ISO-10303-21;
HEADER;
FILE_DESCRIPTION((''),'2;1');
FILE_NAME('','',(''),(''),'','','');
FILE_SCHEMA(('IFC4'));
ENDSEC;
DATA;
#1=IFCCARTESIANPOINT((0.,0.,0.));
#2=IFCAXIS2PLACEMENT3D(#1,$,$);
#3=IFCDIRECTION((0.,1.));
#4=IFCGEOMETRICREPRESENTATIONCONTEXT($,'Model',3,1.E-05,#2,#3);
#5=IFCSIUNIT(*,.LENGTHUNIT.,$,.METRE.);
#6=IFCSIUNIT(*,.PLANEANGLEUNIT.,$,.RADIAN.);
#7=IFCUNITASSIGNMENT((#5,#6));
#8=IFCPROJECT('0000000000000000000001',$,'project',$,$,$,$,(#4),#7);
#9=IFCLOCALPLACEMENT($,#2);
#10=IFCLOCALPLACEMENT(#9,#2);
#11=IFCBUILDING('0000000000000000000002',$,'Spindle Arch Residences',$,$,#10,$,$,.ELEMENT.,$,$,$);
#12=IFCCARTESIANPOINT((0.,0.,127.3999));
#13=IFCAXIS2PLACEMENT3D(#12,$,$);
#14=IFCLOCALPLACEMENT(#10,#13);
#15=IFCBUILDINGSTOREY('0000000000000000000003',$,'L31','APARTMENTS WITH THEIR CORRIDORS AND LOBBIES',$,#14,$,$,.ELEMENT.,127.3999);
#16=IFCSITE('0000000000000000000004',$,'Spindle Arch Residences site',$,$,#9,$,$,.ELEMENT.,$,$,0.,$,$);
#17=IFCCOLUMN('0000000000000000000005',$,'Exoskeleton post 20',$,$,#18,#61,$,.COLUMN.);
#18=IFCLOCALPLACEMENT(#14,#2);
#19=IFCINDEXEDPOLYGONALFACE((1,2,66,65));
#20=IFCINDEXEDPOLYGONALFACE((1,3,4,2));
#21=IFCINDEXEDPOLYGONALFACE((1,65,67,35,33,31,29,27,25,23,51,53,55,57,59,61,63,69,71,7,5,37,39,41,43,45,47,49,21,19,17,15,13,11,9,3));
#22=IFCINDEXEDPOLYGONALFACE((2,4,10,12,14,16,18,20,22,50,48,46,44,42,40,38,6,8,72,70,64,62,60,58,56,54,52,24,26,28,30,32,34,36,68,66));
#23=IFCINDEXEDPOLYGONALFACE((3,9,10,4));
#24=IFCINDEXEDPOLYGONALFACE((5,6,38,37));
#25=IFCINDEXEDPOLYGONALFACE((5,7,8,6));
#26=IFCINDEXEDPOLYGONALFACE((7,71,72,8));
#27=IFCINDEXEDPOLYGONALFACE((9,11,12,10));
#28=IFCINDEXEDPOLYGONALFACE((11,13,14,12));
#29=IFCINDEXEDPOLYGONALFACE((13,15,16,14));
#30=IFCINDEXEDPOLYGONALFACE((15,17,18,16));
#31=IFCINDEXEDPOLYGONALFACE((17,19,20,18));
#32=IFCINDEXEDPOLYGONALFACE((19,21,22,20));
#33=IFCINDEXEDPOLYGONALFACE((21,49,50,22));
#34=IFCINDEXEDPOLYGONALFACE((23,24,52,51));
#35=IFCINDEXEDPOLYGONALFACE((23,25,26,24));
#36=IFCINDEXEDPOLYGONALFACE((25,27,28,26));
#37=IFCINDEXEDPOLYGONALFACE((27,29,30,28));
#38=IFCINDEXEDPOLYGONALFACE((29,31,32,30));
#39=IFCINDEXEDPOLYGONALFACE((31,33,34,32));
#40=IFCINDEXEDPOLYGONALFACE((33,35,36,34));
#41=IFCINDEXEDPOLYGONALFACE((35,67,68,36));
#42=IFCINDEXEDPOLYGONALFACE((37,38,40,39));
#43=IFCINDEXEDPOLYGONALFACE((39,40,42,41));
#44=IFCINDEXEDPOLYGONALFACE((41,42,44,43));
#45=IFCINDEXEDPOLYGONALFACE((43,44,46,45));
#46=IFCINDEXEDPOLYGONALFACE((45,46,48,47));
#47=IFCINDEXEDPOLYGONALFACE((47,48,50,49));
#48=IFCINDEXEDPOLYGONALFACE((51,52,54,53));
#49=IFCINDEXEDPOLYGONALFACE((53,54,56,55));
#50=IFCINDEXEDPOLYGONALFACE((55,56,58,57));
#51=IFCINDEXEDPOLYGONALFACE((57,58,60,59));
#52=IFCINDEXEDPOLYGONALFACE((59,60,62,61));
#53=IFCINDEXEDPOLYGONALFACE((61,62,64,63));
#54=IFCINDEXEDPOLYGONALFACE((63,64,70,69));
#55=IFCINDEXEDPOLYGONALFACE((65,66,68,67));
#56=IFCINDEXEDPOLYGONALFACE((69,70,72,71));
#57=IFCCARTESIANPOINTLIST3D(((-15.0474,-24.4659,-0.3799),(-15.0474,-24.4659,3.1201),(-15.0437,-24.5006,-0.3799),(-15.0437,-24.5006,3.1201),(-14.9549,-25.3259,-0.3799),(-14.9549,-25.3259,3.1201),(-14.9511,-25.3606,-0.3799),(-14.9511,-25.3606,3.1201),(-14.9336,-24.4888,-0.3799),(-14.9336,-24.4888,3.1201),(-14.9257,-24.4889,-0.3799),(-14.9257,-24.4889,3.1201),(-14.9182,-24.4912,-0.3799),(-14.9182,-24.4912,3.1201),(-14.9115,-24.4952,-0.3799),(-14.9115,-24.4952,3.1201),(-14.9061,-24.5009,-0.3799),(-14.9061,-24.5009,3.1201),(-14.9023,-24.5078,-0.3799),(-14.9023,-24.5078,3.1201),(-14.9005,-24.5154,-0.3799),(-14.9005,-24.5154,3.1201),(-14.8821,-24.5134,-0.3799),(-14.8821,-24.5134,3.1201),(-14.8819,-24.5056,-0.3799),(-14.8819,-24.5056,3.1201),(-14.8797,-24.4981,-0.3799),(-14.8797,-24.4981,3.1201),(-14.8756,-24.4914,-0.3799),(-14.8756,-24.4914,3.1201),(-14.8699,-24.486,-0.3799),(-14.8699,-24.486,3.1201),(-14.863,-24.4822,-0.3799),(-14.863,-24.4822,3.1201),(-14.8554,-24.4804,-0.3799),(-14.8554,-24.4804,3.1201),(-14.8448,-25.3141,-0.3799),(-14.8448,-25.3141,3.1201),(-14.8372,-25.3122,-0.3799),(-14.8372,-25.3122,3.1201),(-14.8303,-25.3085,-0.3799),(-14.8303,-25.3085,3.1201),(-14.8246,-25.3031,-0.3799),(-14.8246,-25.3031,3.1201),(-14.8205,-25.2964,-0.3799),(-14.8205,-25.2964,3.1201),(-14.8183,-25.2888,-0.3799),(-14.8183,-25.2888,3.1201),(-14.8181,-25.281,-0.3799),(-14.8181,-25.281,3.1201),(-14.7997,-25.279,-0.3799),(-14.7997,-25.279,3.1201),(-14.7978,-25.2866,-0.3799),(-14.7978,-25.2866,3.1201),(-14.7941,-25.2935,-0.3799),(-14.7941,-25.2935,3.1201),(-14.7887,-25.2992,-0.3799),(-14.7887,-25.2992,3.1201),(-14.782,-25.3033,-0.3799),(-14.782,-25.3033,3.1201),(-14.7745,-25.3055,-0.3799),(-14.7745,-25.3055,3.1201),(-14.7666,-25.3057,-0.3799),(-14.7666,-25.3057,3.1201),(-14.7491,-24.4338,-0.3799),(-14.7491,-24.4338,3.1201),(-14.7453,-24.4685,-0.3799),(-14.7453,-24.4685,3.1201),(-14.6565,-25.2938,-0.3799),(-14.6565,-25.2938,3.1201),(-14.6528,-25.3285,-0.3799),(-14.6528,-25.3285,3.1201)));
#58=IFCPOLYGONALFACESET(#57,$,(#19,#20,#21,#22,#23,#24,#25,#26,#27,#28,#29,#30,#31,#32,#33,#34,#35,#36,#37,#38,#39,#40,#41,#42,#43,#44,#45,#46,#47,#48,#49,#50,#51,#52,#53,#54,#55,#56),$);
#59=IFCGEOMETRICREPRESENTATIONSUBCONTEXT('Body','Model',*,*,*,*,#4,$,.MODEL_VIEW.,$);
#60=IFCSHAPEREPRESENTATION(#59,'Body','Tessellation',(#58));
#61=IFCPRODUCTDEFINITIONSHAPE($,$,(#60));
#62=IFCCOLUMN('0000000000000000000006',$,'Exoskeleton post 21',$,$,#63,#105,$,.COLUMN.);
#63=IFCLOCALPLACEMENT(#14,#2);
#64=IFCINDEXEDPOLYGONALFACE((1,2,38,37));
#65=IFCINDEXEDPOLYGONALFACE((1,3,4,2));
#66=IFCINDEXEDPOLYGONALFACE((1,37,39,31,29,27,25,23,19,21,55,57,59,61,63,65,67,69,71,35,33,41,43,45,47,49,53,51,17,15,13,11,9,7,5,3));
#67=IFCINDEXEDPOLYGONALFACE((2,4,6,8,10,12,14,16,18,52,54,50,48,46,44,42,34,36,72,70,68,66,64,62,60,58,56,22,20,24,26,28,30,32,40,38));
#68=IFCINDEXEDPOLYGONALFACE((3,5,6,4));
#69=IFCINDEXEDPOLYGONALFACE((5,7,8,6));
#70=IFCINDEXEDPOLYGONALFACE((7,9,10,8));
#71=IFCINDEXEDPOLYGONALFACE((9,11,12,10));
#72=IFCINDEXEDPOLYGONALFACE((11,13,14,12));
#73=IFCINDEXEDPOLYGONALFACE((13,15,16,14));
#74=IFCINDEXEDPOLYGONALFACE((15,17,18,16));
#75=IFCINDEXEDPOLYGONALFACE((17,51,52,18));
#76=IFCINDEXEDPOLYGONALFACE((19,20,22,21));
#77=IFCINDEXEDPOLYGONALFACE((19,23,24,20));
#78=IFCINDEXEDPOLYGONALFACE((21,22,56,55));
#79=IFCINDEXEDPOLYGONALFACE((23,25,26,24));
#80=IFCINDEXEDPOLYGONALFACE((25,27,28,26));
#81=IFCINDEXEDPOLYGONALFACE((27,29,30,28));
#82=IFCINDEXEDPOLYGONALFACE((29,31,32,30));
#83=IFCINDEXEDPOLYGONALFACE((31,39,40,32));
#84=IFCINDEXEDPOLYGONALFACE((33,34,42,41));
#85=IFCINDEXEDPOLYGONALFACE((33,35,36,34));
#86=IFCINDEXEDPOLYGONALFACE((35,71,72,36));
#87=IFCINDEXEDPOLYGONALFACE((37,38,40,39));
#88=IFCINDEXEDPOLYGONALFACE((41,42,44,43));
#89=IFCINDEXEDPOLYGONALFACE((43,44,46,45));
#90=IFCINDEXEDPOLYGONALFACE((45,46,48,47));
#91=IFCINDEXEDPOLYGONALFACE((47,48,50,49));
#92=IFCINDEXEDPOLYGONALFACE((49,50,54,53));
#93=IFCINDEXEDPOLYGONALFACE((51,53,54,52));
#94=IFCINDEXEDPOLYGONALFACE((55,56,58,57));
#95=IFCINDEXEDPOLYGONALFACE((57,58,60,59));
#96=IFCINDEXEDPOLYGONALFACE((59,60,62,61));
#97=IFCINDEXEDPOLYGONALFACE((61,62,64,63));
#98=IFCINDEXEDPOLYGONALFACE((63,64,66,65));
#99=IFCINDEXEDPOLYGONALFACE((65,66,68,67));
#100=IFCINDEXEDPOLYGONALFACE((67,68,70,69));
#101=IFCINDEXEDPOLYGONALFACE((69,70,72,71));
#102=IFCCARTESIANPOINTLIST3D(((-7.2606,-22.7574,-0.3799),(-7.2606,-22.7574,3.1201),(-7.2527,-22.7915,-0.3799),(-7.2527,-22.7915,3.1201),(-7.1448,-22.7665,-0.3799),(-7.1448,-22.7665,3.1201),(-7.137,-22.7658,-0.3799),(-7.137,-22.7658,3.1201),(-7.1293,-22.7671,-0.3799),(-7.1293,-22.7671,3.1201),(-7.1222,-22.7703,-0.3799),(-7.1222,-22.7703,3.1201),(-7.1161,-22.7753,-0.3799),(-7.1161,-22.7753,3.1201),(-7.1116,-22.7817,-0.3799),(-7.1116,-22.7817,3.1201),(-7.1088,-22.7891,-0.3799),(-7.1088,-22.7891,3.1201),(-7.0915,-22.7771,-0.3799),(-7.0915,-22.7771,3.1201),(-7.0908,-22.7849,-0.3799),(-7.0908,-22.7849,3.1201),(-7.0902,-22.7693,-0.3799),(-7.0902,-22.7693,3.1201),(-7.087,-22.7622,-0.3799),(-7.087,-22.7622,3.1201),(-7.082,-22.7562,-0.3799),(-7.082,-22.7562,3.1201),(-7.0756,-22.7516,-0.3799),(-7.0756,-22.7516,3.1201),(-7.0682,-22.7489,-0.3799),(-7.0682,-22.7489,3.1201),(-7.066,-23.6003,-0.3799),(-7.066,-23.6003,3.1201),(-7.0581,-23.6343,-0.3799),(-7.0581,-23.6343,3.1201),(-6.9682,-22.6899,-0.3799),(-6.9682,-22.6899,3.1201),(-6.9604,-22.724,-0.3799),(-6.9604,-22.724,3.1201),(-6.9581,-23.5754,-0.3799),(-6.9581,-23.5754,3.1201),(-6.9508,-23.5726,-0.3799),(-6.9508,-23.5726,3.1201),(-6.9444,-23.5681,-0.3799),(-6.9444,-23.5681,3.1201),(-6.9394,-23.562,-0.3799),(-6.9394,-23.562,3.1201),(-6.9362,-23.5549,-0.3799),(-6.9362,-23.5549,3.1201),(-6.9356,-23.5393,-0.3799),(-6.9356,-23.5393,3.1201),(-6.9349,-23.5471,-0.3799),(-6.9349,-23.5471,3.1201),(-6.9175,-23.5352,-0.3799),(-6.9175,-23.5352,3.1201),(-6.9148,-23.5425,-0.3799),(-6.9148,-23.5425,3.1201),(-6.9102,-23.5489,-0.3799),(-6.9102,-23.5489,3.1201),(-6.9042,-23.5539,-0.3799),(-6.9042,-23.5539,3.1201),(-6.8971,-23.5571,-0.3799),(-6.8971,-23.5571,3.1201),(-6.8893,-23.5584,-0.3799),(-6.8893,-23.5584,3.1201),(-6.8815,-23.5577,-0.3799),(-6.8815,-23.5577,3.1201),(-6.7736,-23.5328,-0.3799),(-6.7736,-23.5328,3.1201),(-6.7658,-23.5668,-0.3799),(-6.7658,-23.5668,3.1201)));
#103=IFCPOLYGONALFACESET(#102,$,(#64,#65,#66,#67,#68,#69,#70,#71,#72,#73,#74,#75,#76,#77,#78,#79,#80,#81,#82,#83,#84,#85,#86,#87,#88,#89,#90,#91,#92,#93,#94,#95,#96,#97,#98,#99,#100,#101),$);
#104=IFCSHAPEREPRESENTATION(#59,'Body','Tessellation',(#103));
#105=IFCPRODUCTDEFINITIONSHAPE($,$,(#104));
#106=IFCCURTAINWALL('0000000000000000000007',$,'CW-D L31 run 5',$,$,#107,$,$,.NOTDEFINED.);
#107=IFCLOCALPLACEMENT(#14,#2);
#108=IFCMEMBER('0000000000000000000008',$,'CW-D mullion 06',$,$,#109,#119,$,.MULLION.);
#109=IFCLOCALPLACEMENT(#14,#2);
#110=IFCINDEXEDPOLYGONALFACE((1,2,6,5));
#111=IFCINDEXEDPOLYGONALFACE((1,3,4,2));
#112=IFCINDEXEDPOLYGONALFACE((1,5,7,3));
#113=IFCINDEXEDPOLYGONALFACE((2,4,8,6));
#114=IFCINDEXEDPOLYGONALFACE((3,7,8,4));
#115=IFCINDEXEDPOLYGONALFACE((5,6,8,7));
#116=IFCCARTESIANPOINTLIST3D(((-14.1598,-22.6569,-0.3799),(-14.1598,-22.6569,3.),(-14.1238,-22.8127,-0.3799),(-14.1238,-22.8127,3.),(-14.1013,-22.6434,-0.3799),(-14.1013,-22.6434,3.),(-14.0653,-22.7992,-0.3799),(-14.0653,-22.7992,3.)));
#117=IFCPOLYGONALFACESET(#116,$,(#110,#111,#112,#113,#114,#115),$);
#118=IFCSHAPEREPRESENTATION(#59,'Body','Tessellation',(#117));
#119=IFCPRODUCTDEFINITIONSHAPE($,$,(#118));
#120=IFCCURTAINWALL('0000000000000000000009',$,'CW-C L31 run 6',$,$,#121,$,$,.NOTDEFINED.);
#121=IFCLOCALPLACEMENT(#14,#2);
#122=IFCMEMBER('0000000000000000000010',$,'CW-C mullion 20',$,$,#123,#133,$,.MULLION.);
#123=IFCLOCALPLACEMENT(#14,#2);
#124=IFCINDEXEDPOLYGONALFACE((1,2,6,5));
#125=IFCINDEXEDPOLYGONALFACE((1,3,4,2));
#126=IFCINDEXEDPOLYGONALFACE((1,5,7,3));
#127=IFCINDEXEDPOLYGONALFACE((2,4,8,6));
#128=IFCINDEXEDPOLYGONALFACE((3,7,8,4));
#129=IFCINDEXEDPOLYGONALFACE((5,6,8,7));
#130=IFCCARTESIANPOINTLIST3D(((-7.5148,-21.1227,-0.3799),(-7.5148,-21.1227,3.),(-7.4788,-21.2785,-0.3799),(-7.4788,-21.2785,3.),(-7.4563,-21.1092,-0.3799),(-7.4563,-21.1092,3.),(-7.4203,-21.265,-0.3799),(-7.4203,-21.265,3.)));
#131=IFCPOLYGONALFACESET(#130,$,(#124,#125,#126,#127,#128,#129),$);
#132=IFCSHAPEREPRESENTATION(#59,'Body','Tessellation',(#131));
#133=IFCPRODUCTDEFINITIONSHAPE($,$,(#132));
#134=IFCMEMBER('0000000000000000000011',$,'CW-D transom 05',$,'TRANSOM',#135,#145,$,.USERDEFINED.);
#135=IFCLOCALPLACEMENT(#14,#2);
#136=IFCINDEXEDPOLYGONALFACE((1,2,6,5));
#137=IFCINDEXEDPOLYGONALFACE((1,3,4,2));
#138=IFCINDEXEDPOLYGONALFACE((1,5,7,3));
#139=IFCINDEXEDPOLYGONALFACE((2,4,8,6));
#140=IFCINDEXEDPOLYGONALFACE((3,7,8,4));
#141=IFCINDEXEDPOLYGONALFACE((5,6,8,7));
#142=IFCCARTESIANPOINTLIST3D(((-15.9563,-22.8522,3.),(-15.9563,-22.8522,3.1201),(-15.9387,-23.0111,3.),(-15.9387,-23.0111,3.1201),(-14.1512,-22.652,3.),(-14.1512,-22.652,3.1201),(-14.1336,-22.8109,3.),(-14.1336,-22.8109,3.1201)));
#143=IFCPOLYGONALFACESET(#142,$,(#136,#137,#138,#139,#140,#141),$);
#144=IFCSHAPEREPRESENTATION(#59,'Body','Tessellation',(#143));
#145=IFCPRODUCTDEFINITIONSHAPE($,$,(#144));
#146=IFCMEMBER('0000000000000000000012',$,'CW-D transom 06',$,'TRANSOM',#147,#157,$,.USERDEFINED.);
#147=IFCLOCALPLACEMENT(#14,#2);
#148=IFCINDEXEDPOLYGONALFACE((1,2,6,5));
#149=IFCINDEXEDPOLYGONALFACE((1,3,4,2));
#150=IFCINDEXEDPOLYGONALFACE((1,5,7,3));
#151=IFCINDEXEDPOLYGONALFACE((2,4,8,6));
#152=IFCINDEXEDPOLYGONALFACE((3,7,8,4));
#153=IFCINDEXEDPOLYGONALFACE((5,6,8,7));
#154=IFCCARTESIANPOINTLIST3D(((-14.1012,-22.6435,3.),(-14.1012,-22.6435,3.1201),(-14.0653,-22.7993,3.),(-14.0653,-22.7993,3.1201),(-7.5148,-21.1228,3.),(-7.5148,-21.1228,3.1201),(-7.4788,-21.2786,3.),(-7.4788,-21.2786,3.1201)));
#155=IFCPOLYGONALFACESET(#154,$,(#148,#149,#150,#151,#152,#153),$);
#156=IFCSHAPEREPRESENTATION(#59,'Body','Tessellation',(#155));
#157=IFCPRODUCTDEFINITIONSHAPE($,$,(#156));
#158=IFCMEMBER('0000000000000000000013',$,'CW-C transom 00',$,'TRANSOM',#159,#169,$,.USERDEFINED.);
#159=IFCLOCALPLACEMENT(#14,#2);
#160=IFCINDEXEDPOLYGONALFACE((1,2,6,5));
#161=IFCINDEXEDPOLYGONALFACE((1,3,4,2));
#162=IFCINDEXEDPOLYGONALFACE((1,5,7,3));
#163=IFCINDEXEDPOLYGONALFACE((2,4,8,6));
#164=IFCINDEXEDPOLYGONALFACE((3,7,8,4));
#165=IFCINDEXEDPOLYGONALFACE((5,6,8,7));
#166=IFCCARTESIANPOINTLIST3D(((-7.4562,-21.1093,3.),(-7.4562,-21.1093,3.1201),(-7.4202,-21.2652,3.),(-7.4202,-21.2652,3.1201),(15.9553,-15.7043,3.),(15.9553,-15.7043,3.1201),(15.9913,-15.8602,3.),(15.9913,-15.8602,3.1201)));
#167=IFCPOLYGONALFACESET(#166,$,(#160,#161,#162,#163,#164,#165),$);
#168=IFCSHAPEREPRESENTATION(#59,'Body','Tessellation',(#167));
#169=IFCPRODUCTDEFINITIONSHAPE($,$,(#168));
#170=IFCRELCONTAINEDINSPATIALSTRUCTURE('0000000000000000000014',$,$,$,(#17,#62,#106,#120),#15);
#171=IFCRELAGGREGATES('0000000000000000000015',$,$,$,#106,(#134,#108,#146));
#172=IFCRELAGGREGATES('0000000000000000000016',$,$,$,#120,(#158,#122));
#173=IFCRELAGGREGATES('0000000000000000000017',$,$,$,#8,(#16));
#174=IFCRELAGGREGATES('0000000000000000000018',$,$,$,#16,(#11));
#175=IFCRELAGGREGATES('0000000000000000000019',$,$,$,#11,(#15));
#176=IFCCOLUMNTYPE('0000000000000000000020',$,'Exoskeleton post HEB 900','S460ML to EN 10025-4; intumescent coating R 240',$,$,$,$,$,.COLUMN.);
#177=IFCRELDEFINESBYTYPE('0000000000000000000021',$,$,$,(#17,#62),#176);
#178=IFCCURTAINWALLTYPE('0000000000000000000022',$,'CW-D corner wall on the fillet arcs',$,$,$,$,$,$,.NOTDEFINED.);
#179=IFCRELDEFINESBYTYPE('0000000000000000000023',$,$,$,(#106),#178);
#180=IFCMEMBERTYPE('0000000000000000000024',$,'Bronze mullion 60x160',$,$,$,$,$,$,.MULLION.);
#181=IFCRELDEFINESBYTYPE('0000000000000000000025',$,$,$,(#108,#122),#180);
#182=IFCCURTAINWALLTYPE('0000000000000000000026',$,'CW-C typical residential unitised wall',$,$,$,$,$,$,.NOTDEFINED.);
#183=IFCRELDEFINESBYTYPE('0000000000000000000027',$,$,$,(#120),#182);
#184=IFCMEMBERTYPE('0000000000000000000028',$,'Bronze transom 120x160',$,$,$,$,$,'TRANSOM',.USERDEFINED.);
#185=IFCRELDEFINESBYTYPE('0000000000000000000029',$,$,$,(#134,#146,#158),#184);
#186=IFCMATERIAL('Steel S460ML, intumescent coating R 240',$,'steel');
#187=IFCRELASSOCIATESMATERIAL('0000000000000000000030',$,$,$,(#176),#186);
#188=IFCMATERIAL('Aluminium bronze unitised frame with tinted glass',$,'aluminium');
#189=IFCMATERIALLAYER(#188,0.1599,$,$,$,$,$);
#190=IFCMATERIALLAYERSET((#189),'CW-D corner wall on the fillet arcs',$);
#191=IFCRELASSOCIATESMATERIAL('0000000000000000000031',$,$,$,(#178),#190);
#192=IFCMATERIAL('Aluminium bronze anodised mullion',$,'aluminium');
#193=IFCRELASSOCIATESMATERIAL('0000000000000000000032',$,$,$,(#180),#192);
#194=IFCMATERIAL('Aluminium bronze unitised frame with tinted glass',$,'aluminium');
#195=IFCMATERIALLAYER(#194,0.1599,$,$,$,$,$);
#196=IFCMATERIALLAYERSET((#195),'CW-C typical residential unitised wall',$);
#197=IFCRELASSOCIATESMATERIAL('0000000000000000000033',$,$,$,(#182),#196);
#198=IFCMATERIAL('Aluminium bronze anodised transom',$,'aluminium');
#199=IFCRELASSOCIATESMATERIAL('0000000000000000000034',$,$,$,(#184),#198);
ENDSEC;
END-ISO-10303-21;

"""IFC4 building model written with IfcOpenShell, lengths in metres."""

from ifc_helpers import new_model, si_unit, direction, frame, origin, origin_2d, place, context, subcontext, project, spatial, rectangle, i_section, extrude, material, layer, layer_set, material_profile, profile_set, type_object, element, aggregate, save


model = new_model("IFC4")

# Units and contexts
model_context = context("Model", 3, precision=1e-05, world=origin(), true_north=direction((0.0, 1.0)))
body_context = subcontext(model_context, "Body", "Model", "MODEL_VIEW")
ifc_project = project(units=[si_unit("LENGTHUNIT", "METRE"), si_unit("PLANEANGLEUNIT", "RADIAN")], contexts=[model_context])

# Site, building, storey
site_placement = place(None, origin())
site = spatial("IfcSite", under=ifc_project, at=site_placement, Name="Spindle Arch Residences site", CompositionType="ELEMENT", RefElevation=0.0)
building_placement = place(site_placement, origin())
building = spatial("IfcBuilding", under=site, at=building_placement, Name="Spindle Arch Residences", CompositionType="ELEMENT")
storey_placement = place(building_placement, frame((0.0, 0.0, 127.3999)))
storey = spatial("IfcBuildingStorey", under=building, at=storey_placement, Name="L31", Description="APARTMENTS WITH THEIR CORRIDORS AND LOBBIES", CompositionType="ELEMENT", Elevation=127.3999)

# Columns
ifc_material_1 = material(Name="Steel S460ML, intumescent coating R 240", Category="steel")
ifc_material_profile_1 = material_profile(ifc_material_1, i_section(OverallWidth=0.3, OverallDepth=0.8999, WebThickness=0.0186, FlangeThickness=0.0349, FilletRadius=0.03, at=origin_2d()), Name="HEB 900")
ifc_profile_set_1 = profile_set([ifc_material_profile_1], Name="Steel S460ML, intumescent coating R 240")
column_type = type_object("IfcColumnType", Name="Exoskeleton post HEB 900", Description="S460ML to EN 10025-4; intumescent coating R 240", PredefinedType="COLUMN", material=ifc_profile_set_1)
for number, where, z_axis, x_axis, name in (
    (1, (-14.8501, -24.8972, -0.3799), (0.0, 0.0, 1.0), (-0.994264, -0.106952, 0.0), "Exoskeleton post 20"),
    (2, (-7.0132, -23.1621, -0.3799), (0.0, 0.0, 1.0), (-0.97437, -0.224951, 0.0), "Exoskeleton post 21"),
):
    element("IfcColumn", number, at=place(storey_placement, frame(where, z_axis=z_axis, x_axis=x_axis)), inside=storey, type_object=column_type, Name=name, PredefinedType="COLUMN", context=body_context, shape_type="SweptSolid", body=[
        extrude(i_section(OverallWidth=0.3, OverallDepth=0.8999, WebThickness=0.0186, FlangeThickness=0.0349, FilletRadius=0.03, at=origin_2d()), origin(), (0.0, 0.0, 1.0), 3.5),
    ])

# Curtain walls, members
ifc_material_2 = material(Name="Aluminium bronze unitised frame with tinted glass", Category="aluminium")
ifc_layer_1 = layer(ifc_material_2, 0.1599)
ifc_layer_set_1 = layer_set([ifc_layer_1], Name="CW-D corner wall on the fillet arcs")
curtain_wall_type_1 = type_object("IfcCurtainWallType", Name="CW-D corner wall on the fillet arcs", PredefinedType="NOTDEFINED", material=ifc_layer_set_1)
curtain_wall_1_placement = place(storey_placement, origin())
curtain_wall_1 = element("IfcCurtainWall", 3, at=curtain_wall_1_placement, inside=storey, type_object=curtain_wall_type_1, Name="CW-D L31 run 5", PredefinedType="NOTDEFINED")
ifc_material_3 = material(Name="Aluminium bronze anodised mullion", Category="aluminium")
ifc_material_profile_2 = material_profile(ifc_material_3, rectangle(XDim=0.1599, YDim=0.0601, at=origin_2d()), Name="MU 60x160")
ifc_profile_set_2 = profile_set([ifc_material_profile_2], Name="Aluminium bronze anodised mullion")
member_type_1 = type_object("IfcMemberType", Name="Bronze mullion 60x160", PredefinedType="MULLION", material=ifc_profile_set_2)
member_1_placement = place(storey_placement, frame((-14.1125, -22.728, -0.3799), z_axis=(0.0, 0.0, 1.0), x_axis=(-0.224951, 0.97437, 0.0)))
member_1 = element("IfcMember", 4, at=member_1_placement, type_object=member_type_1, Name="CW-D mullion 06", PredefinedType="MULLION", context=body_context, shape_type="SweptSolid", body=[
    extrude(rectangle(XDim=0.1599, YDim=0.0601, at=origin_2d()), origin(), (0.0, 0.0, 1.0), 3.3799),
])
ifc_material_4 = material(Name="Aluminium bronze unitised frame with tinted glass", Category="aluminium")
ifc_layer_2 = layer(ifc_material_4, 0.1599)
ifc_layer_set_2 = layer_set([ifc_layer_2], Name="CW-C typical residential unitised wall")
curtain_wall_type_2 = type_object("IfcCurtainWallType", Name="CW-C typical residential unitised wall", PredefinedType="NOTDEFINED", material=ifc_layer_set_2)
curtain_wall_2_placement = place(storey_placement, origin())
curtain_wall_2 = element("IfcCurtainWall", 5, at=curtain_wall_2_placement, inside=storey, type_object=curtain_wall_type_2, Name="CW-C L31 run 6", PredefinedType="NOTDEFINED")
member_2_placement = place(storey_placement, frame((-7.4675, -21.1938, -0.3799), z_axis=(0.0, 0.0, 1.0), x_axis=(-0.224951, 0.97437, 0.0)))
member_2 = element("IfcMember", 6, at=member_2_placement, type_object=member_type_1, Name="CW-C mullion 20", PredefinedType="MULLION", context=body_context, shape_type="SweptSolid", body=[
    extrude(rectangle(XDim=0.1599, YDim=0.0601, at=origin_2d()), origin(), (0.0, 0.0, 1.0), 3.3799),
])

# Members
ifc_material_5 = material(Name="Aluminium bronze anodised transom", Category="aluminium")
ifc_material_profile_3 = material_profile(ifc_material_5, rectangle(XDim=0.1599, YDim=0.1201, at=origin_2d()), Name="TR 120x160")
ifc_profile_set_3 = profile_set([ifc_material_profile_3], Name="Aluminium bronze anodised transom")
member_type_2 = type_object("IfcMemberType", Name="Bronze transom 120x160", ElementType="TRANSOM", PredefinedType="USERDEFINED", material=ifc_profile_set_3)
member_3_placement = place(storey_placement, frame((-15.9475, -22.9316, 3.0601), z_axis=(0.993907, 0.110225, 0.0), x_axis=(-0.110225, 0.993907, 0.0)))
member_3 = element("IfcMember", 7, at=member_3_placement, type_object=member_type_2, Name="CW-D transom 05", ObjectType="TRANSOM", PredefinedType="USERDEFINED", context=body_context, shape_type="SweptSolid", body=[
    extrude(rectangle(XDim=0.1599, YDim=0.1201, at=origin_2d()), origin(), (0.0, 0.0, 1.0), 1.8162),
])
member_4_placement = place(storey_placement, frame((-14.0833, -22.7214, 3.0601), z_axis=(0.974365, 0.224973, 0.0), x_axis=(-0.224973, 0.974365, 0.0)))
member_4 = element("IfcMember", 8, at=member_4_placement, type_object=member_type_2, Name="CW-D transom 06", ObjectType="TRANSOM", PredefinedType="USERDEFINED", context=body_context, shape_type="SweptSolid", body=[
    extrude(rectangle(XDim=0.1599, YDim=0.1201, at=origin_2d()), origin(), (0.0, 0.0, 1.0), 6.7598),
])
member_5_placement = place(storey_placement, frame((-7.4382, -21.1873, 3.0601), z_axis=(0.97437, 0.224952, 0.0), x_axis=(-0.224952, 0.97437, 0.0)))
member_5 = element("IfcMember", 9, at=member_5_placement, type_object=member_type_2, Name="CW-C transom 00", ObjectType="TRANSOM", PredefinedType="USERDEFINED", context=body_context, shape_type="SweptSolid", body=[
    extrude(rectangle(XDim=0.1599, YDim=0.1201, at=origin_2d()), origin(), (0.0, 0.0, 1.0), 24.0273),
])

aggregate(curtain_wall_1, [member_3, member_1, member_4])
aggregate(curtain_wall_2, [member_5, member_2])

save(model, "model.ifc")
